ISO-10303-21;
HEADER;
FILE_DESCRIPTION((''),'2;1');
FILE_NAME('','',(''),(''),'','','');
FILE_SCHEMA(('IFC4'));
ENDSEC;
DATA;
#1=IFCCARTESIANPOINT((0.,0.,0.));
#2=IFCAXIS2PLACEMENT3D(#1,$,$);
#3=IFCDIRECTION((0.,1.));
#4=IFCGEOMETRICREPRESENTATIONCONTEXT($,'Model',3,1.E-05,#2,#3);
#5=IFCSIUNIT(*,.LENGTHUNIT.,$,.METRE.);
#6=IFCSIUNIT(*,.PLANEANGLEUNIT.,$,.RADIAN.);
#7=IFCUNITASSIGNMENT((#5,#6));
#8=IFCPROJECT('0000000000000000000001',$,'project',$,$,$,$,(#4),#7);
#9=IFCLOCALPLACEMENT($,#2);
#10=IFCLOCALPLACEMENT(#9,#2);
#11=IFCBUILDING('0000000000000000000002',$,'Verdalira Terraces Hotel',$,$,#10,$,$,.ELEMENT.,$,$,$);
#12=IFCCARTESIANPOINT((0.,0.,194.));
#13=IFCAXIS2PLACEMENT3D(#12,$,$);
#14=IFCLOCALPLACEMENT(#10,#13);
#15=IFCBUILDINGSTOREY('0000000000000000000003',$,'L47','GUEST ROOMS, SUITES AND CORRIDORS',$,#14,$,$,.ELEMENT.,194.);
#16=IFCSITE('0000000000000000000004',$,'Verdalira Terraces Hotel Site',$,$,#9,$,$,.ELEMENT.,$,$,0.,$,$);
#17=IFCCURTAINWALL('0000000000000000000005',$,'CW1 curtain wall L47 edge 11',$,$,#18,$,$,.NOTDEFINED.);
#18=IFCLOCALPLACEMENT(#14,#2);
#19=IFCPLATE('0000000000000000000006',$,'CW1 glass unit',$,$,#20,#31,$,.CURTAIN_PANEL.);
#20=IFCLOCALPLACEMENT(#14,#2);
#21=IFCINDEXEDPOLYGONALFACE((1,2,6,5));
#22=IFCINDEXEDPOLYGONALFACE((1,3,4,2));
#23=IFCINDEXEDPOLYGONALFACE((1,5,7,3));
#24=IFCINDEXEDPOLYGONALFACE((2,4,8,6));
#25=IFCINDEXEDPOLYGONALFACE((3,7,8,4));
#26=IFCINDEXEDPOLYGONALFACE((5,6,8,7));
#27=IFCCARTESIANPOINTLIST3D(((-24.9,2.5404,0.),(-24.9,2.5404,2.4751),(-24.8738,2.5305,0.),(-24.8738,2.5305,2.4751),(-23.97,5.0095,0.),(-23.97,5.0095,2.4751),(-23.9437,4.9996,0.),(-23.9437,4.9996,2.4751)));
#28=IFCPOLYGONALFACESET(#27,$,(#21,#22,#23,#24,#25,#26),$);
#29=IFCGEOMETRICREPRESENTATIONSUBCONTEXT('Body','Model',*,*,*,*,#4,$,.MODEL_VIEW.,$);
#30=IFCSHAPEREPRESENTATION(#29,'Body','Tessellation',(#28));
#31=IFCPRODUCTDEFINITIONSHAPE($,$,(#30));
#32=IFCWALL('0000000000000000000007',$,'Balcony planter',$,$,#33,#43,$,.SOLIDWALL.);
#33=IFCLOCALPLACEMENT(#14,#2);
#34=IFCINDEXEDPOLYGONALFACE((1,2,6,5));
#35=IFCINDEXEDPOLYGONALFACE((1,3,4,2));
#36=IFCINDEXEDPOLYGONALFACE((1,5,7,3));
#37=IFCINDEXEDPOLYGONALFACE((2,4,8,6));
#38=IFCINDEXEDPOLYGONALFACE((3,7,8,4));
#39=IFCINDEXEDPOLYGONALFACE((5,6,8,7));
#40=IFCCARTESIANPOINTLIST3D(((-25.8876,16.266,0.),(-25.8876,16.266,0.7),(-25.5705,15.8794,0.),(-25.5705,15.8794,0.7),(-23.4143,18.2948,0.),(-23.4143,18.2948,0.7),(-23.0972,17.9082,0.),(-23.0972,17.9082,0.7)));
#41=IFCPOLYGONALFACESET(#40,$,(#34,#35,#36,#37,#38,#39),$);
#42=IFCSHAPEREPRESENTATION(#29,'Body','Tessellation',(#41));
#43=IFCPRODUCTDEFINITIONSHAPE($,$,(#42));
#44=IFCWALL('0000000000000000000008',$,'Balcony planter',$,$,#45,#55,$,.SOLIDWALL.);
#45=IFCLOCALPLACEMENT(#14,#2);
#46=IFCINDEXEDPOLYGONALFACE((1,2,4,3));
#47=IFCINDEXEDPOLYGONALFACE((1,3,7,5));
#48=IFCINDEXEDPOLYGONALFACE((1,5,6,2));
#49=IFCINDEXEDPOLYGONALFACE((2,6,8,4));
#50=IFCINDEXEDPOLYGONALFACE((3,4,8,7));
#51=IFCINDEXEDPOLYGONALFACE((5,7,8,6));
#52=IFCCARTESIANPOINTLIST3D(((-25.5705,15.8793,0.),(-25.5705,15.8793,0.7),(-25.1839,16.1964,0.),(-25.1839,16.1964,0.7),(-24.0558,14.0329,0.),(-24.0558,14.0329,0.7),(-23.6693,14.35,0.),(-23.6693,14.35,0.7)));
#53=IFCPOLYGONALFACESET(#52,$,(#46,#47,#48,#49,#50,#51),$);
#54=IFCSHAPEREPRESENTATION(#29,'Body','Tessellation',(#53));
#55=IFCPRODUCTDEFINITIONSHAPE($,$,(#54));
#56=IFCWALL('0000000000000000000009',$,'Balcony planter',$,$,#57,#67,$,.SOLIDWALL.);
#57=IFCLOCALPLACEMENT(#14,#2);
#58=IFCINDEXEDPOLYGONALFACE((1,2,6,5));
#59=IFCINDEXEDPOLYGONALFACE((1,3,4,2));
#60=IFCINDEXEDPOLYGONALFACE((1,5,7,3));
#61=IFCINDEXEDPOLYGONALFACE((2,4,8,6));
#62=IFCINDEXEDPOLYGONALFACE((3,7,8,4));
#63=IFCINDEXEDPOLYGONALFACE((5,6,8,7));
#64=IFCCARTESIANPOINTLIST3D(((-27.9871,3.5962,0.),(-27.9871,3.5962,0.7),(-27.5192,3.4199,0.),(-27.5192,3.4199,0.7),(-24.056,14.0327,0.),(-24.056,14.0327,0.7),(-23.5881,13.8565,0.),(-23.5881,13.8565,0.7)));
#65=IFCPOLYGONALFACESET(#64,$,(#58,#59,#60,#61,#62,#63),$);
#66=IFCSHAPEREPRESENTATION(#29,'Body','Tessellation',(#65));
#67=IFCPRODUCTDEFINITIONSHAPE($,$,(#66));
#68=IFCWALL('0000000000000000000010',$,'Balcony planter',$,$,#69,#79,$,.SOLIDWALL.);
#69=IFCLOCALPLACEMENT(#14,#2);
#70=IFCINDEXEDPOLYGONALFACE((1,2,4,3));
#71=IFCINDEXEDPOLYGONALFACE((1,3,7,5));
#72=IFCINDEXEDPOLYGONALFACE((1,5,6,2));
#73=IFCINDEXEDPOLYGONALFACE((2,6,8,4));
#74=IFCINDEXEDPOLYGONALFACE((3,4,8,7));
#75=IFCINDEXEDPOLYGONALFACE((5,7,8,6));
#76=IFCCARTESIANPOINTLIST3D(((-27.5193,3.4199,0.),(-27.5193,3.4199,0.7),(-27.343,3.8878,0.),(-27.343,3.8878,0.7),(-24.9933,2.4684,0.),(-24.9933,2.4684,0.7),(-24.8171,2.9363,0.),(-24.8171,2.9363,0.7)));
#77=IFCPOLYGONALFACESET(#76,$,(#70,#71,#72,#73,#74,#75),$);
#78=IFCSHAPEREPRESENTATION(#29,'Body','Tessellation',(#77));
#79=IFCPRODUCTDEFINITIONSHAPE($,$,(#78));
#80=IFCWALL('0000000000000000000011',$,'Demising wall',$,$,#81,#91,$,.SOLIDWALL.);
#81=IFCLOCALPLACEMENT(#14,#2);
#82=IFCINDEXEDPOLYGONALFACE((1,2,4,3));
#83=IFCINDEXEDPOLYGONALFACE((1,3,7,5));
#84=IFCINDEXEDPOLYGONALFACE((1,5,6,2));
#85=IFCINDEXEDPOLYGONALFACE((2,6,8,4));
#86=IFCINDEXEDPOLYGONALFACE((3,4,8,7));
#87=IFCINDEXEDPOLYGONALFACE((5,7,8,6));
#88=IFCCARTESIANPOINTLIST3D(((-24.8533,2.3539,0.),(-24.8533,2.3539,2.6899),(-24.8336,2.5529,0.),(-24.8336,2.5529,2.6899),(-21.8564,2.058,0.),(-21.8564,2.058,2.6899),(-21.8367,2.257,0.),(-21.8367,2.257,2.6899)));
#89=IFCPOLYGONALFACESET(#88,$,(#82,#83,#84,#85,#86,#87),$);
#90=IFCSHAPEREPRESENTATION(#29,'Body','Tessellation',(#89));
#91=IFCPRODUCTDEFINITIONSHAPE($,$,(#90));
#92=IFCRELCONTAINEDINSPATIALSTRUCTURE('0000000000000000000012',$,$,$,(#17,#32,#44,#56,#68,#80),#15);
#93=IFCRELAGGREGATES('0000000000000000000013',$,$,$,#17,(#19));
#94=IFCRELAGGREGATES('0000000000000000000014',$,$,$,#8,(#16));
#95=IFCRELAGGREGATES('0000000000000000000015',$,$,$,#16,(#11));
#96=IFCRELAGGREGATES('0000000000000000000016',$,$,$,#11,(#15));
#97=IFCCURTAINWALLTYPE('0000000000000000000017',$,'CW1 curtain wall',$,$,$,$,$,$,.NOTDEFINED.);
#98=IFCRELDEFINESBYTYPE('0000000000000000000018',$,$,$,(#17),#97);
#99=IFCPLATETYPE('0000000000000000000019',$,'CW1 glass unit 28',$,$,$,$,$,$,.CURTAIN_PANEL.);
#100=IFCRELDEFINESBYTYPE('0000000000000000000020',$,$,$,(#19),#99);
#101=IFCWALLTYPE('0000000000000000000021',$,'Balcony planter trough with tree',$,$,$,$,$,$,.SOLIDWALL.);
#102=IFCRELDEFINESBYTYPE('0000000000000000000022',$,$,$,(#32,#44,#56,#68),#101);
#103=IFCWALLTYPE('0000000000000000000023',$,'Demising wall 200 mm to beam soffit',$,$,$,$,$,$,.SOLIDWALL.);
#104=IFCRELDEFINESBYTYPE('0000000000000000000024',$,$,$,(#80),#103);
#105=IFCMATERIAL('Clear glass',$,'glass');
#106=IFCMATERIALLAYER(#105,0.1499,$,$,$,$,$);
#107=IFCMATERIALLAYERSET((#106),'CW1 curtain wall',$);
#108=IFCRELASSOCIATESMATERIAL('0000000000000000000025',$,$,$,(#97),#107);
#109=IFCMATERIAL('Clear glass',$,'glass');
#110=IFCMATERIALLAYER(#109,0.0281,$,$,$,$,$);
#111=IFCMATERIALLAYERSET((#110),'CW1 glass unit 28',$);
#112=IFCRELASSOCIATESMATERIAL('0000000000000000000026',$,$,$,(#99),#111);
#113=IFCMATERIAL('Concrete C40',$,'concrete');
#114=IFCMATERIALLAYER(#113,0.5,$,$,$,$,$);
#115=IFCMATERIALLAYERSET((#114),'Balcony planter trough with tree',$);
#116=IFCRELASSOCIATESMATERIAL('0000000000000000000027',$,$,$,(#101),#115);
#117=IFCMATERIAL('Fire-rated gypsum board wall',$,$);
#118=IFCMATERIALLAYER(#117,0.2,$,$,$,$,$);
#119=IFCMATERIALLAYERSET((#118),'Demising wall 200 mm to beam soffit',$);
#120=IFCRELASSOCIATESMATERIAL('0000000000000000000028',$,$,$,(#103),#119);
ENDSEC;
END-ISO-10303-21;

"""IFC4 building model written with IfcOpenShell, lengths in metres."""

from ifc_helpers import new_model, si_unit, direction, frame, frame_2d, origin, origin_2d, place, context, subcontext, project, spatial, rectangle, extrude, material, layer, layer_set, type_object, element, aggregate, save


model = new_model("IFC4")

# Units and contexts
model_context = context("Model", 3, precision=1e-05, world=origin(), true_north=direction((0.0, 1.0)))
body_context = subcontext(model_context, "Body", "Model", "MODEL_VIEW")
ifc_project = project(units=[si_unit("LENGTHUNIT", "METRE"), si_unit("PLANEANGLEUNIT", "RADIAN")], contexts=[model_context])

# Site, building, storey
site_placement = place(None, origin())
site = spatial("IfcSite", under=ifc_project, at=site_placement, Name="Verdalira Terraces Hotel Site", CompositionType="ELEMENT", RefElevation=0.0)
building_placement = place(site_placement, origin())
building = spatial("IfcBuilding", under=site, at=building_placement, Name="Verdalira Terraces Hotel", CompositionType="ELEMENT")
storey_placement = place(building_placement, frame((0.0, 0.0, 194.0)))
storey = spatial("IfcBuildingStorey", under=building, at=storey_placement, Name="L47", Description="GUEST ROOMS, SUITES AND CORRIDORS", CompositionType="ELEMENT", Elevation=194.0)

# Curtain wall
ifc_material_1 = material(Name="Clear glass", Category="glass")
ifc_layer_1 = layer(ifc_material_1, 0.1499)
ifc_layer_set_1 = layer_set([ifc_layer_1], Name="CW1 curtain wall")
curtain_wall_type = type_object("IfcCurtainWallType", Name="CW1 curtain wall", PredefinedType="NOTDEFINED", material=ifc_layer_set_1)
curtain_wall_1_placement = place(storey_placement, origin())
curtain_wall_1 = element("IfcCurtainWall", 1, at=curtain_wall_1_placement, inside=storey, type_object=curtain_wall_type, Name="CW1 curtain wall L47 edge 11", PredefinedType="NOTDEFINED")

# Plate
ifc_material_2 = material(Name="Clear glass", Category="glass")
ifc_layer_2 = layer(ifc_material_2, 0.0281)
ifc_layer_set_2 = layer_set([ifc_layer_2], Name="CW1 glass unit 28")
plate_type = type_object("IfcPlateType", Name="CW1 glass unit 28", PredefinedType="CURTAIN_PANEL", material=ifc_layer_set_2)
plate_placement = place(storey_placement, frame((-24.4219, 3.77, 0.0), z_axis=(0.0, 0.0, 1.0), x_axis=(-0.352495, -0.935814, 0.0)))
plate = element("IfcPlate", 2, at=plate_placement, type_object=plate_type, Name="CW1 glass unit", PredefinedType="CURTAIN_PANEL", context=body_context, shape_type="SweptSolid", body=[
    extrude(rectangle(XDim=2.6384, YDim=0.0281, at=origin_2d()), origin(), (0.0, 0.0, 1.0), 2.4751),
])
aggregate(curtain_wall_1, [plate])

# Walls
ifc_material_3 = material(Name="Concrete C40", Category="concrete")
ifc_layer_3 = layer(ifc_material_3, 0.5)
ifc_layer_set_3 = layer_set([ifc_layer_3], Name="Balcony planter trough with tree")
wall_type_1 = type_object("IfcWallType", Name="Balcony planter trough with tree", PredefinedType="SOLIDWALL", material=ifc_layer_set_3)
wall_1_placement = place(storey_placement, frame((-23.2556, 18.1016, 0.0), z_axis=(0.0, 0.0, 1.0), x_axis=(-0.773171, -0.634197, 0.0)))
element("IfcWall", 3, at=wall_1_placement, inside=storey, type_object=wall_type_1, Name="Balcony planter", PredefinedType="SOLIDWALL", context=body_context, shape_type="SweptSolid", body=[
    extrude(rectangle(XDim=3.199, YDim=0.5, at=frame_2d((1.5996, 0.0))), origin(), (0.0, 0.0, 1.0), 0.7),
])
wall_2_placement = place(storey_placement, frame((-25.3772, 16.0378, 0.0), z_axis=(0.0, 0.0, 1.0), x_axis=(0.634223, -0.77315, 0.0)))
element("IfcWall", 4, at=wall_2_placement, inside=storey, type_object=wall_type_1, Name="Balcony planter", PredefinedType="SOLIDWALL", context=body_context, shape_type="SweptSolid", body=[
    extrude(rectangle(XDim=2.3882, YDim=0.5, at=frame_2d((1.1941, 0.0))), origin(), (0.0, 0.0, 1.0), 0.7),
])
wall_3_placement = place(storey_placement, frame((-23.822, 13.9446, 0.0), z_axis=(0.0, 0.0, 1.0), x_axis=(-0.352495, -0.935814, 0.0)))
element("IfcWall", 5, at=wall_3_placement, inside=storey, type_object=wall_type_1, Name="Balcony planter", PredefinedType="SOLIDWALL", context=body_context, shape_type="SweptSolid", body=[
    extrude(rectangle(XDim=11.1523, YDim=0.5, at=frame_2d((5.5762, 0.0))), origin(), (0.0, 0.0, 1.0), 0.7),
])
wall_4_placement = place(storey_placement, frame((-27.4312, 3.6538, 0.0), z_axis=(0.0, 0.0, 1.0), x_axis=(0.935815, -0.352491, 0.0)))
element("IfcWall", 6, at=wall_4_placement, inside=storey, type_object=wall_type_1, Name="Balcony planter", PredefinedType="SOLIDWALL", context=body_context, shape_type="SweptSolid", body=[
    extrude(rectangle(XDim=2.6992, YDim=0.5, at=frame_2d((1.3496, 0.0))), origin(), (0.0, 0.0, 1.0), 0.7),
])
ifc_material_4 = material(Name="Fire-rated gypsum board wall")
ifc_layer_4 = layer(ifc_material_4, 0.2)
ifc_layer_set_4 = layer_set([ifc_layer_4], Name="Demising wall 200 mm to beam soffit")
wall_type_2 = type_object("IfcWallType", Name="Demising wall 200 mm to beam soffit", PredefinedType="SOLIDWALL", material=ifc_layer_set_4)
wall_5_placement = place(storey_placement, frame((-21.8464, 2.1575, 0.0), z_axis=(0.0, 0.0, 1.0), x_axis=(-0.995161, 0.098259, 0.0)))
element("IfcWall", 7, at=wall_5_placement, inside=storey, type_object=wall_type_2, Name="Demising wall", PredefinedType="SOLIDWALL", context=body_context, shape_type="SweptSolid", body=[
    extrude(rectangle(XDim=3.0115, YDim=0.2, at=frame_2d((1.5059, 0.0))), origin(), (0.0, 0.0, 1.0), 2.6899),
])

save(model, "model.ifc")
